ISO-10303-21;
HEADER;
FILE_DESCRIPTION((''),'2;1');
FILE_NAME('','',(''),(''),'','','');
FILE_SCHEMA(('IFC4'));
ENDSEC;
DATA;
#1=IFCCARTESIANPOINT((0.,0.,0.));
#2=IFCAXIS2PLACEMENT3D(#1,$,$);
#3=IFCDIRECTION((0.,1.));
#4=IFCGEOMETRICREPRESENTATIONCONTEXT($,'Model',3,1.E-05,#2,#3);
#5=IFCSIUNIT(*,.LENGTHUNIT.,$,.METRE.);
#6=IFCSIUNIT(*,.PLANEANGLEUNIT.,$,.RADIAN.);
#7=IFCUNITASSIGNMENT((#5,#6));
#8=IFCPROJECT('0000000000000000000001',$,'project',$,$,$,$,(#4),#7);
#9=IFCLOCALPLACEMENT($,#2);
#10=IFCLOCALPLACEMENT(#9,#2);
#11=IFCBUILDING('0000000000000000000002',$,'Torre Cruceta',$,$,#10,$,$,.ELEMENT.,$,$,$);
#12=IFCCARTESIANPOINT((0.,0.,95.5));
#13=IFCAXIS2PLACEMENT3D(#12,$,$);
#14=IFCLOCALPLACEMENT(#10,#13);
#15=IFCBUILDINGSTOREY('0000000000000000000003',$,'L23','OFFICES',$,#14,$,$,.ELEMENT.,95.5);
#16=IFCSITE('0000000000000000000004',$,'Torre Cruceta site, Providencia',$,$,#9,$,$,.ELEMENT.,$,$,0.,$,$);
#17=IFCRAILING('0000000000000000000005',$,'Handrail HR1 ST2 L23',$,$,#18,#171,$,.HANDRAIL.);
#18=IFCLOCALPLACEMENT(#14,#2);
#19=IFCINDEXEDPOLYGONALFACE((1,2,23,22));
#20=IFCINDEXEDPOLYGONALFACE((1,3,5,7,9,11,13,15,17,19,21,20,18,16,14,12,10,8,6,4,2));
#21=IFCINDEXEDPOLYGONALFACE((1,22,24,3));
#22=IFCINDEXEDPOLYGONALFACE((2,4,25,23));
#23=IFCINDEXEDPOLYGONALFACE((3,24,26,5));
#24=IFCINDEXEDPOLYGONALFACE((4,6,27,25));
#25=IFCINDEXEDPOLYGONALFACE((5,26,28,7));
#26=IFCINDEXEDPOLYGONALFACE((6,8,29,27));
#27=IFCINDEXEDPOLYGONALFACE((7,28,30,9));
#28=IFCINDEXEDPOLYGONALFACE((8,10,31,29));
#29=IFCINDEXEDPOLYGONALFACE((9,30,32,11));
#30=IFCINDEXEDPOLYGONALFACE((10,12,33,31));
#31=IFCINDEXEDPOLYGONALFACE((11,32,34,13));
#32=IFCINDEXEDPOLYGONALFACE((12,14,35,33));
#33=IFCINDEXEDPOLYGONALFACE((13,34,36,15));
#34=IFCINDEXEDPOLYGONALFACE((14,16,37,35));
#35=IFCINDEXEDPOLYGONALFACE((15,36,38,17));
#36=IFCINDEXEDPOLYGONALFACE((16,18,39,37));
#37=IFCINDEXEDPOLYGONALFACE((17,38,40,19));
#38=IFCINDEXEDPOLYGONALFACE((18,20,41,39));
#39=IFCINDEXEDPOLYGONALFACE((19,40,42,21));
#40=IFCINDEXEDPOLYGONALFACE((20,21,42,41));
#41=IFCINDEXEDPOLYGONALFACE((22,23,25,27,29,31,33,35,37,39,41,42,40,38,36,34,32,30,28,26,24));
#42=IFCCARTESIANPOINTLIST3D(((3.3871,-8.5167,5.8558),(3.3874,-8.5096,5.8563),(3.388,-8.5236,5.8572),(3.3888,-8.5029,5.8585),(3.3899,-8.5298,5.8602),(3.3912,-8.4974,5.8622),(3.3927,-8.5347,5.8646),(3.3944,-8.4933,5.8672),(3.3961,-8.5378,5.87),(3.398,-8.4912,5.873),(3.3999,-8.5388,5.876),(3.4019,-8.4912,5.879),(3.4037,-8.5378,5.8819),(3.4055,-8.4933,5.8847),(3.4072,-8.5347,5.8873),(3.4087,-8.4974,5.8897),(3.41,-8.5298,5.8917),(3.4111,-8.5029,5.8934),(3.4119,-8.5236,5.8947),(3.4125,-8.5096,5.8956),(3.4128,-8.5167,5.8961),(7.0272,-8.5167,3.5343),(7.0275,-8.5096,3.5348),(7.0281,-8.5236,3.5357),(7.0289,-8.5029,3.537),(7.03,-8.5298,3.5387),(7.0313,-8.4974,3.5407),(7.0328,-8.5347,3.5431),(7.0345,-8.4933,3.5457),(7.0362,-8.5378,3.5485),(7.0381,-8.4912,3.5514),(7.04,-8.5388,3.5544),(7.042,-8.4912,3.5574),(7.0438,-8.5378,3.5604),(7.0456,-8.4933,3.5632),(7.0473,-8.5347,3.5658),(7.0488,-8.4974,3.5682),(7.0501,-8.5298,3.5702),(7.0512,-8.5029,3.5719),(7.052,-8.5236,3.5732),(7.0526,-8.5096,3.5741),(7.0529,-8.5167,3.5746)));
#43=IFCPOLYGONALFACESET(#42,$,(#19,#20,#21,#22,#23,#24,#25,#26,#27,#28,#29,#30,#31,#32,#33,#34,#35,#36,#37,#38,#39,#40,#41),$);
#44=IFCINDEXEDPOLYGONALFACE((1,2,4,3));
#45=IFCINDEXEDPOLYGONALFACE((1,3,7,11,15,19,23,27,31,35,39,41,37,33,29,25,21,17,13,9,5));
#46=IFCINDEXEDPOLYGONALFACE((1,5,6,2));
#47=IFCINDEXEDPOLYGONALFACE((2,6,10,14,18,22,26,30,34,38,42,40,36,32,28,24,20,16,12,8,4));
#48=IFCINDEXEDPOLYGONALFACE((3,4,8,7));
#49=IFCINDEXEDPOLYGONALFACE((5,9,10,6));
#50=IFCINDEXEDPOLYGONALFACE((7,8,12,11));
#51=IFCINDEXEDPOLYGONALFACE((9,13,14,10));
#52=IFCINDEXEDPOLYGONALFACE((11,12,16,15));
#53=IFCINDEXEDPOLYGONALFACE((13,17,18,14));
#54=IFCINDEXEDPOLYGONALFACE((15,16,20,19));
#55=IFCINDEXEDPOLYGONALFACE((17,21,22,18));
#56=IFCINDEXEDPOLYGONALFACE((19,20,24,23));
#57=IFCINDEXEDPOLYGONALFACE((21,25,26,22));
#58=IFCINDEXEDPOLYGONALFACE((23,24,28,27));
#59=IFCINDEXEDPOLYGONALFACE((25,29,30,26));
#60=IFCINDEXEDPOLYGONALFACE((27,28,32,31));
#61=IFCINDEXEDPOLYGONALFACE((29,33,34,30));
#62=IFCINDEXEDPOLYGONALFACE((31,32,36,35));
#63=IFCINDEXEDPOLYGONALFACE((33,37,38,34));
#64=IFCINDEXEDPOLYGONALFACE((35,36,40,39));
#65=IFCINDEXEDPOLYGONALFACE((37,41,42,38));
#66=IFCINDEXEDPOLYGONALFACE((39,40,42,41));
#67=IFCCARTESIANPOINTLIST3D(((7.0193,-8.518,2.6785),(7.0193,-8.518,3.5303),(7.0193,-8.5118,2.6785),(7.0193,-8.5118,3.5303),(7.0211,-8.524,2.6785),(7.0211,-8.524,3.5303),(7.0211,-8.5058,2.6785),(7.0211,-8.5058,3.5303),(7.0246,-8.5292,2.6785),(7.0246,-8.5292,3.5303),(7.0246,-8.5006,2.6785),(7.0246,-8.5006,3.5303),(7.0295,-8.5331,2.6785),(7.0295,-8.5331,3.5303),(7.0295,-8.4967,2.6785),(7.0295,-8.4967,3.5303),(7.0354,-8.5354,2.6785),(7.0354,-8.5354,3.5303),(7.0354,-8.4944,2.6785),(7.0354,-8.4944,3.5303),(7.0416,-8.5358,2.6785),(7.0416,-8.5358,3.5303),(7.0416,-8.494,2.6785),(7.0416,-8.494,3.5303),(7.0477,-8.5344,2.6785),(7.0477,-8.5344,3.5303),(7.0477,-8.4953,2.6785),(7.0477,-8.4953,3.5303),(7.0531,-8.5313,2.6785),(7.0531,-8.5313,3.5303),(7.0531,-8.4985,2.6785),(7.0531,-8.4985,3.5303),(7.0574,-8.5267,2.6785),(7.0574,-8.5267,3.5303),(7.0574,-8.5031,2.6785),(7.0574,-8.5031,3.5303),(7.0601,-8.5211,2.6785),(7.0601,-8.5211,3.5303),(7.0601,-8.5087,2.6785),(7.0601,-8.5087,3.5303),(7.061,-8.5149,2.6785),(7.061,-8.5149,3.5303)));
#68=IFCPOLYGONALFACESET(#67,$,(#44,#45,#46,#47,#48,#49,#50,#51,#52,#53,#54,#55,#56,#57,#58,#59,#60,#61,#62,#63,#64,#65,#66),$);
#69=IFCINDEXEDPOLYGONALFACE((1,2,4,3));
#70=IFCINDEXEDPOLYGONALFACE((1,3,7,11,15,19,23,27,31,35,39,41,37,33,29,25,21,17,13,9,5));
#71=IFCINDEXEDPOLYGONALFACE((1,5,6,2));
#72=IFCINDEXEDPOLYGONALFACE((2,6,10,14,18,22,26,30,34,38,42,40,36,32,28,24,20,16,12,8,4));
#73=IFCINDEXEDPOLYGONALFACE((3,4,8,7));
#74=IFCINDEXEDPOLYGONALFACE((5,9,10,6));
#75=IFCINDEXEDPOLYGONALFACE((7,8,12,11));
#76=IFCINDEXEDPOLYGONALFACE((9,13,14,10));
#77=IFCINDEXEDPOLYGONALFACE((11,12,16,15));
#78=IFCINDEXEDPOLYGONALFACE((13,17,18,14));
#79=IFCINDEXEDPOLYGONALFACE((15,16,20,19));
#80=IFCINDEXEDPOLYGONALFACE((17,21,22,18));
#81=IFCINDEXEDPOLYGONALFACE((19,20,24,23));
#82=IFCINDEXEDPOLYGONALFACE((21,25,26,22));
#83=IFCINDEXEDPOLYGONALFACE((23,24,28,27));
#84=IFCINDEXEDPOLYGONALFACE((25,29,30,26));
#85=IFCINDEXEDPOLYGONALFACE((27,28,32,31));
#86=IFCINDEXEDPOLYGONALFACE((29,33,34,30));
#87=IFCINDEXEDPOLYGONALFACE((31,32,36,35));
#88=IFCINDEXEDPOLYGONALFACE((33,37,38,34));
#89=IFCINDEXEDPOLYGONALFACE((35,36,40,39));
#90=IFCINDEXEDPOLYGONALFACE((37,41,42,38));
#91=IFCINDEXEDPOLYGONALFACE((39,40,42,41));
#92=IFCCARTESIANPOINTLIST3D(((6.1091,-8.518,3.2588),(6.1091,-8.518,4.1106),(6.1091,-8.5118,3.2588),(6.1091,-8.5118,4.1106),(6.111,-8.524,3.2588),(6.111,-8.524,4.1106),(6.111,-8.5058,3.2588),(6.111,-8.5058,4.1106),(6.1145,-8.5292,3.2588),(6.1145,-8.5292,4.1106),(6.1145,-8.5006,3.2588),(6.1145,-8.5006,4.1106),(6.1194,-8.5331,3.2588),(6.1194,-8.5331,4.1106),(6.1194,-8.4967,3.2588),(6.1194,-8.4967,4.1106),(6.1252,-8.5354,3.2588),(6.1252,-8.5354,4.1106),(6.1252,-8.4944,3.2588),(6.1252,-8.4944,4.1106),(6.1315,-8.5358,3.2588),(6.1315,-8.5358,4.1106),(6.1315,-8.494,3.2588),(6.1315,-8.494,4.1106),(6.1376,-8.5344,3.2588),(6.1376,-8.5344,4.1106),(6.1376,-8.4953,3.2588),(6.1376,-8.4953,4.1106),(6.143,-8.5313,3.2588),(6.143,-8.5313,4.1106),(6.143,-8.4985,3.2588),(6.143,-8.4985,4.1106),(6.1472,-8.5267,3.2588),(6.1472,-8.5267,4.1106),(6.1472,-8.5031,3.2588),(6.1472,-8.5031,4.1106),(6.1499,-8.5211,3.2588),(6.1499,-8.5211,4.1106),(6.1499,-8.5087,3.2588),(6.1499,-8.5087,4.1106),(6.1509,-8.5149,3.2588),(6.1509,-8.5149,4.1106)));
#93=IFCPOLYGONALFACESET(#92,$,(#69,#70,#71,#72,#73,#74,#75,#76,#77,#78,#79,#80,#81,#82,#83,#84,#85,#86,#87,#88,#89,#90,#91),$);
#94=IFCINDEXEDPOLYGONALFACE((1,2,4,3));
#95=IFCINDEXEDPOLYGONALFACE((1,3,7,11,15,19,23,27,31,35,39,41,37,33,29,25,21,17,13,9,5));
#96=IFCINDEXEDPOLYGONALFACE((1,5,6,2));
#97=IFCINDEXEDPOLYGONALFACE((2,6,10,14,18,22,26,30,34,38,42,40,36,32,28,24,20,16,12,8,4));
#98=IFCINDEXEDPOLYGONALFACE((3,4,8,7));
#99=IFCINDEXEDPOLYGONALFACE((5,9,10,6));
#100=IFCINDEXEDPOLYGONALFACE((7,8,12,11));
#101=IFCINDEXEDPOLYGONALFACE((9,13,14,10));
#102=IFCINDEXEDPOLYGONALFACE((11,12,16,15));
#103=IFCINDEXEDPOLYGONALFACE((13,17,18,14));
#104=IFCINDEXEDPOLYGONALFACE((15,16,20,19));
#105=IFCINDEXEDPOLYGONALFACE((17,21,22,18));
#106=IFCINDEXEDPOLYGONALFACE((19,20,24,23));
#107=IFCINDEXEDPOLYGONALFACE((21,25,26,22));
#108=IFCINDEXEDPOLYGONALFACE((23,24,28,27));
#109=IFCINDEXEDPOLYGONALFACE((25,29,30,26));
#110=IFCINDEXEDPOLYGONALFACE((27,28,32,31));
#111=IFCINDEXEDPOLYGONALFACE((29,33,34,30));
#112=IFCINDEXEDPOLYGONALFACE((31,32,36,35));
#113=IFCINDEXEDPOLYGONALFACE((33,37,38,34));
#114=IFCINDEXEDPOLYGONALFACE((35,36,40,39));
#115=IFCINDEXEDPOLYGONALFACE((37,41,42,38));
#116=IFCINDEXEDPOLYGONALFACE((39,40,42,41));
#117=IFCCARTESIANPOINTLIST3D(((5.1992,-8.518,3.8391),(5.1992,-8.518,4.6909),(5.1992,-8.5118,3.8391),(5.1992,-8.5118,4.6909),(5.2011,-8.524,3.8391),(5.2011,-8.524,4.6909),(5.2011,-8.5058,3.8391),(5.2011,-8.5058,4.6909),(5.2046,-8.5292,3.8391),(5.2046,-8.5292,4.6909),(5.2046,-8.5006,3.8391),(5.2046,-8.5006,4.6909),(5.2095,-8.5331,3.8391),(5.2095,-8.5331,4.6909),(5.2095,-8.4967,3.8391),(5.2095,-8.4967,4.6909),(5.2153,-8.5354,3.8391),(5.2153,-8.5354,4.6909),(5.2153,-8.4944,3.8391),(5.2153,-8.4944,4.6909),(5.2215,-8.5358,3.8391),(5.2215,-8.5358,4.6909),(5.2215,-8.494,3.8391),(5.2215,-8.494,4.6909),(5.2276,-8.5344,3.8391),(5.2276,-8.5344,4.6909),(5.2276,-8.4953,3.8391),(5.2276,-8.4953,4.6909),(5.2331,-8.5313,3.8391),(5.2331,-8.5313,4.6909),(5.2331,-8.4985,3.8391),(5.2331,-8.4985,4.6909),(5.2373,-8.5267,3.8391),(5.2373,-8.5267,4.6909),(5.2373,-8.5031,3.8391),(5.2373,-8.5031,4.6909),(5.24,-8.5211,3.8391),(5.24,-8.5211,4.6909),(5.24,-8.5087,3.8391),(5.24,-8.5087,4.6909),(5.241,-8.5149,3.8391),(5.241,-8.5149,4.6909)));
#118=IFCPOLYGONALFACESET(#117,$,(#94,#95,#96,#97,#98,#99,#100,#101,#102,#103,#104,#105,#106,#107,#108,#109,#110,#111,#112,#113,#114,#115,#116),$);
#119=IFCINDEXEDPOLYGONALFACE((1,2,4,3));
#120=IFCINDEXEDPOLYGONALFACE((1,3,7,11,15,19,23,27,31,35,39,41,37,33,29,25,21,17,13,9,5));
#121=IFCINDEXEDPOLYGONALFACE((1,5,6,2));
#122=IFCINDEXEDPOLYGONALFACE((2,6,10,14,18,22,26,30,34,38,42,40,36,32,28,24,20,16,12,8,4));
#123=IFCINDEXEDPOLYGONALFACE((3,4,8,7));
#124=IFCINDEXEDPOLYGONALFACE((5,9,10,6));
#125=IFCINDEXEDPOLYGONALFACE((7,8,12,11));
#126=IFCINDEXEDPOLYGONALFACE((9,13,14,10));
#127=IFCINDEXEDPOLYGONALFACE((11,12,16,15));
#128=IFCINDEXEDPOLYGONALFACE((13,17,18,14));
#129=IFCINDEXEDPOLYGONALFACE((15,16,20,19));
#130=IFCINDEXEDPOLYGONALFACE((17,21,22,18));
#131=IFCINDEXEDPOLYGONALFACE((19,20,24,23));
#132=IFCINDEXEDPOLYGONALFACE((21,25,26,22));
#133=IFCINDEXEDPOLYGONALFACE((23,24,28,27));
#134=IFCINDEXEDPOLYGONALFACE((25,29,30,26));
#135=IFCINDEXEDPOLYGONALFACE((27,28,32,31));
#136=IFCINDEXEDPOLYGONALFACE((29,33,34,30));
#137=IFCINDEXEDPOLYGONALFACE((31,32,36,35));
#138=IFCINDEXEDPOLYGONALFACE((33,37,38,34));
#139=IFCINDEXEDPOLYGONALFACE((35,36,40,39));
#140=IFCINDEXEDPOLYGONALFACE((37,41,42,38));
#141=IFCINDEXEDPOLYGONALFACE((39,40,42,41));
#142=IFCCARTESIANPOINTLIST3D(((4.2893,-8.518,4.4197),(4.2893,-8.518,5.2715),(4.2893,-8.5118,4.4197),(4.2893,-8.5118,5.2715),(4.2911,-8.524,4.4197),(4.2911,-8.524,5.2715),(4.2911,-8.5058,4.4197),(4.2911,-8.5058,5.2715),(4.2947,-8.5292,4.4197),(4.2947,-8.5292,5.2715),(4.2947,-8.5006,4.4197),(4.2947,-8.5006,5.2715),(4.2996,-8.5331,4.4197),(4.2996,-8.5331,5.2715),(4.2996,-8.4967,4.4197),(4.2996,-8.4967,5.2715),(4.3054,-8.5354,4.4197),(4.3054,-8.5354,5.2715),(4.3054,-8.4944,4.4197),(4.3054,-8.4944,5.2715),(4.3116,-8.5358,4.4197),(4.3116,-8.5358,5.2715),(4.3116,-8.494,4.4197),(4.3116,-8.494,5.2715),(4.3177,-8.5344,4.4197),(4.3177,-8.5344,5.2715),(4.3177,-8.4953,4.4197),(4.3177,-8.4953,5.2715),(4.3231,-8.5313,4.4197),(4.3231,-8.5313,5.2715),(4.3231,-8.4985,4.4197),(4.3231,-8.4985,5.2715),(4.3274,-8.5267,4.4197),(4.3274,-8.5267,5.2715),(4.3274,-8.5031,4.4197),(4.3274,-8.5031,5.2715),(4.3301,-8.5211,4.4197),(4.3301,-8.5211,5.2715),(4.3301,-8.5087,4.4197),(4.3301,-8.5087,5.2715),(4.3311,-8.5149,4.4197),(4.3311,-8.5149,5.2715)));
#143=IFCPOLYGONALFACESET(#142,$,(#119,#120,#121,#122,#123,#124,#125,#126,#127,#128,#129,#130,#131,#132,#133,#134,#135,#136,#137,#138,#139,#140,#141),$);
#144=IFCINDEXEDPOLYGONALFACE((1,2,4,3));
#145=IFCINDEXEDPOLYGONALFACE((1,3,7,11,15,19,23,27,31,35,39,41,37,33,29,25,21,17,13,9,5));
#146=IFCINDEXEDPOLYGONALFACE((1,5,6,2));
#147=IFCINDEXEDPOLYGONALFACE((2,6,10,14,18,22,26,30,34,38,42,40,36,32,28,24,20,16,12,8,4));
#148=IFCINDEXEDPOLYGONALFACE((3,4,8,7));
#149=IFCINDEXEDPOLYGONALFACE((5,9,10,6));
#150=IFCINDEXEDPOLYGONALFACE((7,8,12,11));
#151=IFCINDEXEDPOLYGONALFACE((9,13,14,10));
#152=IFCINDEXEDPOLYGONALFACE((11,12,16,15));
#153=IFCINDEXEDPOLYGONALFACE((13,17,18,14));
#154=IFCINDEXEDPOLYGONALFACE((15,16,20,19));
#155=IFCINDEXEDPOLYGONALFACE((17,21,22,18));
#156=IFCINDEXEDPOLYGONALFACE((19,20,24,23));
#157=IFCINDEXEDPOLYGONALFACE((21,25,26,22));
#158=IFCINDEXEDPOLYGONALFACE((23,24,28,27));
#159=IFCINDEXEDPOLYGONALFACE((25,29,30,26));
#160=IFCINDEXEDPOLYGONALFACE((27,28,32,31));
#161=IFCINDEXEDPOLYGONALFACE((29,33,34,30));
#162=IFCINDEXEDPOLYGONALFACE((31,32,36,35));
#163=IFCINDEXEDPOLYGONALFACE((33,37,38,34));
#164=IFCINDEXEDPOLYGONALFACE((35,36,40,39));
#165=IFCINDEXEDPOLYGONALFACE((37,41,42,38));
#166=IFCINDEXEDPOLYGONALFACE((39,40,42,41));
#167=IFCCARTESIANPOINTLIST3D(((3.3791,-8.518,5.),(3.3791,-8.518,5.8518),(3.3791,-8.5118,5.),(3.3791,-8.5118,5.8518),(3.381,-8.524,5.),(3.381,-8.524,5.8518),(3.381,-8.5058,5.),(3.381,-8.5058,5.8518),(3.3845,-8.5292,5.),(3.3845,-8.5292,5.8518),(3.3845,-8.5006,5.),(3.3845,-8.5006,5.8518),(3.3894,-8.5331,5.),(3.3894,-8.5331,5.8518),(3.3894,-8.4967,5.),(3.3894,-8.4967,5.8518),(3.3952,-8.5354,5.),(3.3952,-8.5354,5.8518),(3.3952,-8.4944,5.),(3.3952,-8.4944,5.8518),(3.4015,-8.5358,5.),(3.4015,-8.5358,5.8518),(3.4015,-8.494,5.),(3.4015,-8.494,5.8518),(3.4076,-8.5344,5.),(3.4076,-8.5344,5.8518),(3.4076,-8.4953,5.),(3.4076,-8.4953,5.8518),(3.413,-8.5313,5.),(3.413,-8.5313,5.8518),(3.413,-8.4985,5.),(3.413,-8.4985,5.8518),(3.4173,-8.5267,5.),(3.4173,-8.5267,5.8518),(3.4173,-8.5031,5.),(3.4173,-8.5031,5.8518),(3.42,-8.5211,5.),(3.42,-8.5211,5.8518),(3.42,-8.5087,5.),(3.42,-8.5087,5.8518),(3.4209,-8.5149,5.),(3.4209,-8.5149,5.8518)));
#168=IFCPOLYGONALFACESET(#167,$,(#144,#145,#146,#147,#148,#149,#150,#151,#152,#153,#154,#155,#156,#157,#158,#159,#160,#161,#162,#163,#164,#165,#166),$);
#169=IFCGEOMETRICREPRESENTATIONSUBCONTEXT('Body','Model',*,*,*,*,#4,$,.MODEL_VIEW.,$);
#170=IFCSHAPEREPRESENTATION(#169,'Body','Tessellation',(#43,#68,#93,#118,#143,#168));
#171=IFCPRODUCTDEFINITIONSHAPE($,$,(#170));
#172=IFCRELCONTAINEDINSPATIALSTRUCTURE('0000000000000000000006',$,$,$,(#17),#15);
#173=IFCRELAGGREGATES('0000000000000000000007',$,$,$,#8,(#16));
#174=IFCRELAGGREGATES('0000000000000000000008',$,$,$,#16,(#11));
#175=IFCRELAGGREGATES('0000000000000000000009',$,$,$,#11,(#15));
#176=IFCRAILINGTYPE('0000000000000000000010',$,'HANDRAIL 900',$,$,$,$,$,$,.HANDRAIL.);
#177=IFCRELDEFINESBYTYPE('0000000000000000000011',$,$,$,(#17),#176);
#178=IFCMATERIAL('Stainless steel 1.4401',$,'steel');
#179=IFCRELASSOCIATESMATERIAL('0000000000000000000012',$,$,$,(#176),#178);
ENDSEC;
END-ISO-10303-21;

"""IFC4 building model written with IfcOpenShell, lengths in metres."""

from ifc_helpers import new_model, si_unit, direction, frame, origin, origin_2d, place, context, subcontext, project, spatial, circle, extrude, material, type_object, element, save


model = new_model("IFC4")

# Units and contexts
model_context = context("Model", 3, precision=1e-05, world=origin(), true_north=direction((0.0, 1.0)))
body_context = subcontext(model_context, "Body", "Model", "MODEL_VIEW")
ifc_project = project(units=[si_unit("LENGTHUNIT", "METRE"), si_unit("PLANEANGLEUNIT", "RADIAN")], contexts=[model_context])

# Site, building, storey
site_placement = place(None, origin())
site = spatial("IfcSite", under=ifc_project, at=site_placement, Name="Torre Cruceta site, Providencia", CompositionType="ELEMENT", RefElevation=0.0)
building_placement = place(site_placement, origin())
building = spatial("IfcBuilding", under=site, at=building_placement, Name="Torre Cruceta", CompositionType="ELEMENT")
storey_placement = place(building_placement, frame((0.0, 0.0, 95.5)))
storey = spatial("IfcBuildingStorey", under=building, at=storey_placement, Name="L23", Description="OFFICES", CompositionType="ELEMENT", Elevation=95.5)

# Railing
ifc_material_1 = material(Name="Stainless steel 1.4401", Category="steel")
railing_type = type_object("IfcRailingType", Name="HANDRAIL 900", PredefinedType="HANDRAIL", material=ifc_material_1)
railing_1_placement = place(storey_placement, frame((7.04, -8.5149, 2.6785)))
element("IfcRailing", 1, at=railing_1_placement, inside=storey, type_object=railing_type, Name="Handrail HR1 ST2 L23", PredefinedType="HANDRAIL", context=body_context, shape_type="SweptSolid", body=[
    extrude(circle(Radius=0.0239, at=origin_2d()), frame((0.0, 0.0, 0.876), z_axis=(-0.843128, 0.0, 0.537713), x_axis=(0.0, -1.0, 0.0)), (0.0, 0.0, 1.0), 4.3174),
    extrude(circle(Radius=0.021, at=origin_2d()), origin(), (0.0, 0.0, 1.0), 0.8518),
    extrude(circle(Radius=0.021, at=origin_2d()), frame((-0.9102, 0.0, 0.5803)), (0.0, 0.0, 1.0), 0.8518),
    extrude(circle(Radius=0.021, at=origin_2d()), frame((-1.8201, 0.0, 1.1606)), (0.0, 0.0, 1.0), 0.8518),
    extrude(circle(Radius=0.021, at=origin_2d()), frame((-2.73, 0.0, 1.7412)), (0.0, 0.0, 1.0), 0.8518),
    extrude(circle(Radius=0.021, at=origin_2d()), frame((-3.6401, 0.0, 2.3215)), (0.0, 0.0, 1.0), 0.8518),
])

save(model, "model.ifc")
